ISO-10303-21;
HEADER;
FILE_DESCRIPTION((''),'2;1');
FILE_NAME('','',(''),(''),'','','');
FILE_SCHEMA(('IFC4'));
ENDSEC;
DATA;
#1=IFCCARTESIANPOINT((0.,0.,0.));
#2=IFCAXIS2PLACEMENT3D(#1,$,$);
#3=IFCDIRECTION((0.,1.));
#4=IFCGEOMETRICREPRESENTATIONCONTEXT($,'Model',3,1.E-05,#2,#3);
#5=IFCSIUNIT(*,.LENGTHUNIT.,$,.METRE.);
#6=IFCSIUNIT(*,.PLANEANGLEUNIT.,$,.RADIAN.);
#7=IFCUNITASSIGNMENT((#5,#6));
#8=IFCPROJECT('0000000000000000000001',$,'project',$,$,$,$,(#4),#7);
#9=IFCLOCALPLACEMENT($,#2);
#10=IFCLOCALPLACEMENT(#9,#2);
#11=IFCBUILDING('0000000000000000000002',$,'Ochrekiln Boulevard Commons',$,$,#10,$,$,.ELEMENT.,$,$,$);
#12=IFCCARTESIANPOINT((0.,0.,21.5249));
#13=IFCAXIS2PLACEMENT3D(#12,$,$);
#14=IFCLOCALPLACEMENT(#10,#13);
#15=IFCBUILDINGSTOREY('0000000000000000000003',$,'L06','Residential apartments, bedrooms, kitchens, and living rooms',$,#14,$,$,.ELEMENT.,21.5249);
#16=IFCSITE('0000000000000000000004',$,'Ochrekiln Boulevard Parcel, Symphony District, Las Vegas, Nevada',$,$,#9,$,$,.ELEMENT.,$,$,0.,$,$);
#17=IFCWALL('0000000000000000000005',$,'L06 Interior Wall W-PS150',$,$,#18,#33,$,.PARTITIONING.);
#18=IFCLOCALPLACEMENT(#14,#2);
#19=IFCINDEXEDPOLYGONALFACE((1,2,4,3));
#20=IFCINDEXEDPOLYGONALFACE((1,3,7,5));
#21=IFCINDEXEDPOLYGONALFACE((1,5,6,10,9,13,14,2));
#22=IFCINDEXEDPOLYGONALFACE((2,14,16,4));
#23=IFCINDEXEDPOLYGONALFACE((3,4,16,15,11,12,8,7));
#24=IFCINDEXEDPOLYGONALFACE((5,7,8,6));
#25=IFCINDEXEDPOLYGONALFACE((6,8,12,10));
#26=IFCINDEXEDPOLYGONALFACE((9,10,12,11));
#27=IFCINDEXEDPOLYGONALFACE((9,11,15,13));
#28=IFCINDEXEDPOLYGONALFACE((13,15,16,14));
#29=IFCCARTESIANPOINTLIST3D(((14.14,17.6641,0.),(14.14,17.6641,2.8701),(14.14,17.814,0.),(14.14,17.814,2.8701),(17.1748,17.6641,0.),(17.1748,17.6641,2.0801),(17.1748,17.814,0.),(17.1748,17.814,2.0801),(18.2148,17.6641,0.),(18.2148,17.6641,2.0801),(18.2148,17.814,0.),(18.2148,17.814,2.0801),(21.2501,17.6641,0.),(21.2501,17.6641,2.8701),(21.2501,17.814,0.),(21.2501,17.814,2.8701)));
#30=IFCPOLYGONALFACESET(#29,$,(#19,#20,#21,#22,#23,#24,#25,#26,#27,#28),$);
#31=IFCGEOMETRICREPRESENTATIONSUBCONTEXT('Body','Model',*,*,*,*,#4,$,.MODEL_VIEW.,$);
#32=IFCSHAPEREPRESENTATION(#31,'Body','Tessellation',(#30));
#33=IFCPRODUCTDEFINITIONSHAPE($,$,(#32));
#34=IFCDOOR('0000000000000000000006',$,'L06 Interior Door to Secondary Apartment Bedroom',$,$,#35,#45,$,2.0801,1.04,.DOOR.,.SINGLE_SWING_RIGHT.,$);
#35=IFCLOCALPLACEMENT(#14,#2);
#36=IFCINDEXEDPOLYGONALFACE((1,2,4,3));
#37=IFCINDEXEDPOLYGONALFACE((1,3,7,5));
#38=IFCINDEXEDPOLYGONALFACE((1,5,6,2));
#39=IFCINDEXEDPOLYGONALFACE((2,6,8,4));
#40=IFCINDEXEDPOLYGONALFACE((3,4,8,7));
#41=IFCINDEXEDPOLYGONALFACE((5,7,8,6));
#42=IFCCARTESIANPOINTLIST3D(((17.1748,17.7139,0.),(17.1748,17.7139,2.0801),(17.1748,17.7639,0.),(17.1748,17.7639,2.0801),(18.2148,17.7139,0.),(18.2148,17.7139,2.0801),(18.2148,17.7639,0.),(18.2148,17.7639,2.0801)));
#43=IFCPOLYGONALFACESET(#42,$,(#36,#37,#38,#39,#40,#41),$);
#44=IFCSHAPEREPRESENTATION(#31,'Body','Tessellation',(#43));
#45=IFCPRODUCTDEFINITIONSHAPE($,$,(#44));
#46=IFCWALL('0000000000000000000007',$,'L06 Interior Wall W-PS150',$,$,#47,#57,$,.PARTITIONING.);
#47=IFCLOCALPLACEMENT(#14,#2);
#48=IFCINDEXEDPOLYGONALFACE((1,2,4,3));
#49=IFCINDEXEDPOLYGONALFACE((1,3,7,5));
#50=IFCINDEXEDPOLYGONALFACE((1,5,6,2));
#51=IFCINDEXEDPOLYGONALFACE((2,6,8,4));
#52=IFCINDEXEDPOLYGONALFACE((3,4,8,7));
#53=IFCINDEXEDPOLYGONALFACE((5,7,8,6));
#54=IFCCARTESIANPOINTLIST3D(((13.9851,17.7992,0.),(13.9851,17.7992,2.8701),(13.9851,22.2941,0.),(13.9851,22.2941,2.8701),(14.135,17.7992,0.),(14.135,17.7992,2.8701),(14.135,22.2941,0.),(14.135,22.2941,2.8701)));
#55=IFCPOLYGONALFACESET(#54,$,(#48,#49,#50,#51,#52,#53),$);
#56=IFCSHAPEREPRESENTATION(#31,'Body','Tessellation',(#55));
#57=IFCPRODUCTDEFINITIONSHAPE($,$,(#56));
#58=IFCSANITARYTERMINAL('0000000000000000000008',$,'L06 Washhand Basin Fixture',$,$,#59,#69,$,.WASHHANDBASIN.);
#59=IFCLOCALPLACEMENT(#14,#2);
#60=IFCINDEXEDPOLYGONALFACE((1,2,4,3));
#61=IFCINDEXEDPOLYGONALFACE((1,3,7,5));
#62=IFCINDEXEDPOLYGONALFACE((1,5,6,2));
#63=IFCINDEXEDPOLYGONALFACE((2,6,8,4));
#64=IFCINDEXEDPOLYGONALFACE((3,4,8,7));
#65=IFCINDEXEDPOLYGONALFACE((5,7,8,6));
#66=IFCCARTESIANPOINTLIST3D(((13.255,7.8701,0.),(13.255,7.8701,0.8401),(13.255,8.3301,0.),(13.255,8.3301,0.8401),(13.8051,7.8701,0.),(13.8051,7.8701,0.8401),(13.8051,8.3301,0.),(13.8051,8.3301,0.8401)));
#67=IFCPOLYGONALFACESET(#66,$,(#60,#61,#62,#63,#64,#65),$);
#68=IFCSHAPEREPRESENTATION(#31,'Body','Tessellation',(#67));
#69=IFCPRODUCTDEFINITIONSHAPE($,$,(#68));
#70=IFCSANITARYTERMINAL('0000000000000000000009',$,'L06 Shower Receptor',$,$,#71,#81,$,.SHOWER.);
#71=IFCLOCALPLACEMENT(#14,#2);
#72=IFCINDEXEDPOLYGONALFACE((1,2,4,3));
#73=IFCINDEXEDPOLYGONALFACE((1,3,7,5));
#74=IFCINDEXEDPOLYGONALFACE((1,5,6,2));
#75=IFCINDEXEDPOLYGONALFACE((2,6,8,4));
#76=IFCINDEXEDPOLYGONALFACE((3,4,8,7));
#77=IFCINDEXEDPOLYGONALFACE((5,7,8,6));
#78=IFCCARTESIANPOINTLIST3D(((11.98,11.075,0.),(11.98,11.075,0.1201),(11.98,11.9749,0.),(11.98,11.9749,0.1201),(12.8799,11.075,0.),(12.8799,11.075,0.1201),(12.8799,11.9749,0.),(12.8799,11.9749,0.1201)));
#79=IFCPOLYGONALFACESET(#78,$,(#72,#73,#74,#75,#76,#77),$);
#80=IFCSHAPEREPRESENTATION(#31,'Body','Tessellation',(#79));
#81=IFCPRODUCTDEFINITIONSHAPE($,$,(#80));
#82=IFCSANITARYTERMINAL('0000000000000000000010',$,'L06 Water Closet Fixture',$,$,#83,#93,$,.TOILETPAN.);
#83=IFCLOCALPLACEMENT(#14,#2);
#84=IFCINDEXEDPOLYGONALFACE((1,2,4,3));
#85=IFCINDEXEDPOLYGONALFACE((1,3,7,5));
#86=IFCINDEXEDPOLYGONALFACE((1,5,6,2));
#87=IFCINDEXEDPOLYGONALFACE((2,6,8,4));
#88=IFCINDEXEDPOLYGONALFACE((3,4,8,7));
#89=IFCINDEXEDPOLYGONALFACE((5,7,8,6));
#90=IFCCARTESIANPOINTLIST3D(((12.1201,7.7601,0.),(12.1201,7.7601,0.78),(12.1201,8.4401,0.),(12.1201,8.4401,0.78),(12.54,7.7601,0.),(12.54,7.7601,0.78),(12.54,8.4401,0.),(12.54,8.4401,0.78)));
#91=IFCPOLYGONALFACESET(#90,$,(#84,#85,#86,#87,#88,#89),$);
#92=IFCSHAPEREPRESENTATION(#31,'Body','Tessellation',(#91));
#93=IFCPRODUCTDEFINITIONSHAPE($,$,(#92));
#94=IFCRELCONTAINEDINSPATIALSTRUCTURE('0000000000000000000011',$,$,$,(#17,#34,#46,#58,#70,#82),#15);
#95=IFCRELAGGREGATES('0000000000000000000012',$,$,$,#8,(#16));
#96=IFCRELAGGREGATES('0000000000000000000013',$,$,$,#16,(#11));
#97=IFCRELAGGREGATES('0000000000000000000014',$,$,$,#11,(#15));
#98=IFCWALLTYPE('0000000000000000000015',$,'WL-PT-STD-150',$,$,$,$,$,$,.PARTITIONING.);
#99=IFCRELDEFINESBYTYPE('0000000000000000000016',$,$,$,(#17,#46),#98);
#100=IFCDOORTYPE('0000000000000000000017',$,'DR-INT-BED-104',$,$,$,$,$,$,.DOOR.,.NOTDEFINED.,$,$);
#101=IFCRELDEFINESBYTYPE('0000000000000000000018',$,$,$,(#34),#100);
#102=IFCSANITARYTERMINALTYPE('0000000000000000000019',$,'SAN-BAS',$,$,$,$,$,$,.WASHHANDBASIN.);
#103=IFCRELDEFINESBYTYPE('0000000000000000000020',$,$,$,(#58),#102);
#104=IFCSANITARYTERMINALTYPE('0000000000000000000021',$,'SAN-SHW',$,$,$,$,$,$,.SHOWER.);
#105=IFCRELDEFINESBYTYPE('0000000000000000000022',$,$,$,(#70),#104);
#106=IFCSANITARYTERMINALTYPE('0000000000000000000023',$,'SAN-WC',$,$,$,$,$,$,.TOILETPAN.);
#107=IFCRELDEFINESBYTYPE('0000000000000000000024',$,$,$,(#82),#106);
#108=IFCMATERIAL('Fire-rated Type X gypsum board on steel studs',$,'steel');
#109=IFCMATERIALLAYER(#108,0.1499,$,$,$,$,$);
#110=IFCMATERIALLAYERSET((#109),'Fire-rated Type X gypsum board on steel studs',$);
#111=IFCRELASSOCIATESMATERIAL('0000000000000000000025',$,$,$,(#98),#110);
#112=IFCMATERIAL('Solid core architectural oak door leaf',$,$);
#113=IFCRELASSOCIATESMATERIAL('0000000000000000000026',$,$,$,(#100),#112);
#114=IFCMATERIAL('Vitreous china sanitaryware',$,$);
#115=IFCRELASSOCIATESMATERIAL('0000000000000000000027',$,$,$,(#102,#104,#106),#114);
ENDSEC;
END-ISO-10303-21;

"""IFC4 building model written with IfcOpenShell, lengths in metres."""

from ifc_helpers import new_model, si_unit, direction, frame, frame_2d, origin, origin_2d, place, context, subcontext, project, spatial, rectangle, extrude, material, layer, layer_set, type_object, element, fill, save


model = new_model("IFC4")

# Units and contexts
model_context = context("Model", 3, precision=1e-05, world=origin(), true_north=direction((0.0, 1.0)))
body_context = subcontext(model_context, "Body", "Model", "MODEL_VIEW")
ifc_project = project(units=[si_unit("LENGTHUNIT", "METRE"), si_unit("PLANEANGLEUNIT", "RADIAN")], contexts=[model_context])

# Site, building, storey
site_placement = place(None, origin())
site = spatial("IfcSite", under=ifc_project, at=site_placement, Name="Ochrekiln Boulevard Parcel, Symphony District, Las Vegas, Nevada", CompositionType="ELEMENT", RefElevation=0.0)
building_placement = place(site_placement, origin())
building = spatial("IfcBuilding", under=site, at=building_placement, Name="Ochrekiln Boulevard Commons", CompositionType="ELEMENT")
storey_placement = place(building_placement, frame((0.0, 0.0, 21.5249)))
storey = spatial("IfcBuildingStorey", under=building, at=storey_placement, Name="L06", Description="Residential apartments, bedrooms, kitchens, and living rooms", CompositionType="ELEMENT", Elevation=21.5249)

# Shared definitions
ifc_material_1 = material(Name="Solid core architectural oak door leaf")

# Shared definitions
ifc_material_2 = material(Name="Fire-rated Type X gypsum board on steel studs", Category="steel")

# Wall, opening, door
ifc_layer_1 = layer(ifc_material_2, 0.1499)
ifc_layer_set_1 = layer_set([ifc_layer_1], Name="Fire-rated Type X gypsum board on steel studs")
wall_type_1 = type_object("IfcWallType", Name="WL-PT-STD-150", PredefinedType="PARTITIONING", material=ifc_layer_set_1)
wall_1_placement = place(storey_placement, frame((14.1399, 17.739, 0.0), z_axis=(0.0, 0.0, 1.0), x_axis=(1.0, 0.0, 0.0)))
wall_1 = element("IfcWall", 1, at=wall_1_placement, inside=storey, type_object=wall_type_1, Name="L06 Interior Wall W-PS150", PredefinedType="PARTITIONING", context=body_context, shape_type="SweptSolid", body=[
    extrude(rectangle(XDim=7.1101, YDim=0.1499, at=frame_2d((3.5552, 0.0))), origin(), (0.0, 0.0, 1.0), 2.8701),
])
opening_1_placement = place(wall_1_placement, frame((3.0349, 0.0, 0.0)))
opening_1 = element("IfcOpeningElement", 2, at=opening_1_placement, cuts=wall_1, PredefinedType="OPENING", context=body_context, shape_type="SweptSolid", body=[
    extrude(rectangle(XDim=1.04, YDim=2.0801, at=frame_2d((0.52, 1.04))), frame((0.0, 0.085, 0.0), z_axis=(0.0, -1.0, 0.0), x_axis=(1.0, 0.0, 0.0)), (0.0, 0.0, 1.0), 0.1699),
])
door_type_1 = type_object("IfcDoorType", Name="DR-INT-BED-104", OperationType="NOTDEFINED", PredefinedType="DOOR", material=ifc_material_1)
door_1_placement = place(opening_1_placement, origin())
door_1 = element("IfcDoor", 3, at=door_1_placement, inside=storey, type_object=door_type_1, Name="L06 Interior Door to Secondary Apartment Bedroom", OperationType="SINGLE_SWING_RIGHT", OverallHeight=2.0801, OverallWidth=1.04, PredefinedType="DOOR", context=body_context, shape_type="SweptSolid", body=[
    extrude(rectangle(XDim=1.04, YDim=2.0801, at=frame_2d((0.52, 1.04))), frame((0.0, 0.0249, 0.0), z_axis=(0.0, -1.0, 0.0), x_axis=(1.0, 0.0, 0.0)), (0.0, 0.0, 1.0), 0.05),
])
fill(opening_1, door_1)

# Wall
wall_2_placement = place(storey_placement, frame((14.0601, 17.7991, 0.0), z_axis=(0.0, 0.0, 1.0), x_axis=(0.0, 1.0, 0.0)))
element("IfcWall", 4, at=wall_2_placement, inside=storey, type_object=wall_type_1, Name="L06 Interior Wall W-PS150", PredefinedType="PARTITIONING", context=body_context, shape_type="SweptSolid", body=[
    extrude(rectangle(XDim=4.4949, YDim=0.1499, at=frame_2d((2.2476, 0.0))), origin(), (0.0, 0.0, 1.0), 2.8701),
])

# Sanitary terminals
ifc_material_3 = material(Name="Vitreous china sanitaryware")
sanitary_terminal_type_1 = type_object("IfcSanitaryTerminalType", Name="SAN-BAS", PredefinedType="WASHHANDBASIN", material=ifc_material_3)
sanitary_terminal_1_placement = place(storey_placement, frame((13.53, 8.1001, 0.0), z_axis=(0.0, 0.0, 1.0), x_axis=(1.0, 0.0, 0.0)))
element("IfcSanitaryTerminal", 5, at=sanitary_terminal_1_placement, inside=storey, type_object=sanitary_terminal_type_1, Name="L06 Washhand Basin Fixture", PredefinedType="WASHHANDBASIN", context=body_context, shape_type="SweptSolid", body=[
    extrude(rectangle(XDim=0.55, YDim=0.46, at=origin_2d()), origin(), (0.0, 0.0, 1.0), 0.8401),
])
sanitary_terminal_type_2 = type_object("IfcSanitaryTerminalType", Name="SAN-SHW", PredefinedType="SHOWER", material=ifc_material_3)
sanitary_terminal_2_placement = place(storey_placement, frame((12.4299, 11.5249, 0.0), z_axis=(0.0, 0.0, 1.0), x_axis=(1.0, 0.0, 0.0)))
element("IfcSanitaryTerminal", 6, at=sanitary_terminal_2_placement, inside=storey, type_object=sanitary_terminal_type_2, Name="L06 Shower Receptor", PredefinedType="SHOWER", context=body_context, shape_type="SweptSolid", body=[
    extrude(rectangle(XDim=0.8999, YDim=0.8999, at=origin_2d()), origin(), (0.0, 0.0, 1.0), 0.1201),
])
sanitary_terminal_type_3 = type_object("IfcSanitaryTerminalType", Name="SAN-WC", PredefinedType="TOILETPAN", material=ifc_material_3)
sanitary_terminal_3_placement = place(storey_placement, frame((12.3301, 8.1001, 0.0), z_axis=(0.0, 0.0, 1.0), x_axis=(1.0, 0.0, 0.0)))
element("IfcSanitaryTerminal", 7, at=sanitary_terminal_3_placement, inside=storey, type_object=sanitary_terminal_type_3, Name="L06 Water Closet Fixture", PredefinedType="TOILETPAN", context=body_context, shape_type="SweptSolid", body=[
    extrude(rectangle(XDim=0.4199, YDim=0.6799, at=origin_2d()), origin(), (0.0, 0.0, 1.0), 0.78),
])

save(model, "model.ifc")
